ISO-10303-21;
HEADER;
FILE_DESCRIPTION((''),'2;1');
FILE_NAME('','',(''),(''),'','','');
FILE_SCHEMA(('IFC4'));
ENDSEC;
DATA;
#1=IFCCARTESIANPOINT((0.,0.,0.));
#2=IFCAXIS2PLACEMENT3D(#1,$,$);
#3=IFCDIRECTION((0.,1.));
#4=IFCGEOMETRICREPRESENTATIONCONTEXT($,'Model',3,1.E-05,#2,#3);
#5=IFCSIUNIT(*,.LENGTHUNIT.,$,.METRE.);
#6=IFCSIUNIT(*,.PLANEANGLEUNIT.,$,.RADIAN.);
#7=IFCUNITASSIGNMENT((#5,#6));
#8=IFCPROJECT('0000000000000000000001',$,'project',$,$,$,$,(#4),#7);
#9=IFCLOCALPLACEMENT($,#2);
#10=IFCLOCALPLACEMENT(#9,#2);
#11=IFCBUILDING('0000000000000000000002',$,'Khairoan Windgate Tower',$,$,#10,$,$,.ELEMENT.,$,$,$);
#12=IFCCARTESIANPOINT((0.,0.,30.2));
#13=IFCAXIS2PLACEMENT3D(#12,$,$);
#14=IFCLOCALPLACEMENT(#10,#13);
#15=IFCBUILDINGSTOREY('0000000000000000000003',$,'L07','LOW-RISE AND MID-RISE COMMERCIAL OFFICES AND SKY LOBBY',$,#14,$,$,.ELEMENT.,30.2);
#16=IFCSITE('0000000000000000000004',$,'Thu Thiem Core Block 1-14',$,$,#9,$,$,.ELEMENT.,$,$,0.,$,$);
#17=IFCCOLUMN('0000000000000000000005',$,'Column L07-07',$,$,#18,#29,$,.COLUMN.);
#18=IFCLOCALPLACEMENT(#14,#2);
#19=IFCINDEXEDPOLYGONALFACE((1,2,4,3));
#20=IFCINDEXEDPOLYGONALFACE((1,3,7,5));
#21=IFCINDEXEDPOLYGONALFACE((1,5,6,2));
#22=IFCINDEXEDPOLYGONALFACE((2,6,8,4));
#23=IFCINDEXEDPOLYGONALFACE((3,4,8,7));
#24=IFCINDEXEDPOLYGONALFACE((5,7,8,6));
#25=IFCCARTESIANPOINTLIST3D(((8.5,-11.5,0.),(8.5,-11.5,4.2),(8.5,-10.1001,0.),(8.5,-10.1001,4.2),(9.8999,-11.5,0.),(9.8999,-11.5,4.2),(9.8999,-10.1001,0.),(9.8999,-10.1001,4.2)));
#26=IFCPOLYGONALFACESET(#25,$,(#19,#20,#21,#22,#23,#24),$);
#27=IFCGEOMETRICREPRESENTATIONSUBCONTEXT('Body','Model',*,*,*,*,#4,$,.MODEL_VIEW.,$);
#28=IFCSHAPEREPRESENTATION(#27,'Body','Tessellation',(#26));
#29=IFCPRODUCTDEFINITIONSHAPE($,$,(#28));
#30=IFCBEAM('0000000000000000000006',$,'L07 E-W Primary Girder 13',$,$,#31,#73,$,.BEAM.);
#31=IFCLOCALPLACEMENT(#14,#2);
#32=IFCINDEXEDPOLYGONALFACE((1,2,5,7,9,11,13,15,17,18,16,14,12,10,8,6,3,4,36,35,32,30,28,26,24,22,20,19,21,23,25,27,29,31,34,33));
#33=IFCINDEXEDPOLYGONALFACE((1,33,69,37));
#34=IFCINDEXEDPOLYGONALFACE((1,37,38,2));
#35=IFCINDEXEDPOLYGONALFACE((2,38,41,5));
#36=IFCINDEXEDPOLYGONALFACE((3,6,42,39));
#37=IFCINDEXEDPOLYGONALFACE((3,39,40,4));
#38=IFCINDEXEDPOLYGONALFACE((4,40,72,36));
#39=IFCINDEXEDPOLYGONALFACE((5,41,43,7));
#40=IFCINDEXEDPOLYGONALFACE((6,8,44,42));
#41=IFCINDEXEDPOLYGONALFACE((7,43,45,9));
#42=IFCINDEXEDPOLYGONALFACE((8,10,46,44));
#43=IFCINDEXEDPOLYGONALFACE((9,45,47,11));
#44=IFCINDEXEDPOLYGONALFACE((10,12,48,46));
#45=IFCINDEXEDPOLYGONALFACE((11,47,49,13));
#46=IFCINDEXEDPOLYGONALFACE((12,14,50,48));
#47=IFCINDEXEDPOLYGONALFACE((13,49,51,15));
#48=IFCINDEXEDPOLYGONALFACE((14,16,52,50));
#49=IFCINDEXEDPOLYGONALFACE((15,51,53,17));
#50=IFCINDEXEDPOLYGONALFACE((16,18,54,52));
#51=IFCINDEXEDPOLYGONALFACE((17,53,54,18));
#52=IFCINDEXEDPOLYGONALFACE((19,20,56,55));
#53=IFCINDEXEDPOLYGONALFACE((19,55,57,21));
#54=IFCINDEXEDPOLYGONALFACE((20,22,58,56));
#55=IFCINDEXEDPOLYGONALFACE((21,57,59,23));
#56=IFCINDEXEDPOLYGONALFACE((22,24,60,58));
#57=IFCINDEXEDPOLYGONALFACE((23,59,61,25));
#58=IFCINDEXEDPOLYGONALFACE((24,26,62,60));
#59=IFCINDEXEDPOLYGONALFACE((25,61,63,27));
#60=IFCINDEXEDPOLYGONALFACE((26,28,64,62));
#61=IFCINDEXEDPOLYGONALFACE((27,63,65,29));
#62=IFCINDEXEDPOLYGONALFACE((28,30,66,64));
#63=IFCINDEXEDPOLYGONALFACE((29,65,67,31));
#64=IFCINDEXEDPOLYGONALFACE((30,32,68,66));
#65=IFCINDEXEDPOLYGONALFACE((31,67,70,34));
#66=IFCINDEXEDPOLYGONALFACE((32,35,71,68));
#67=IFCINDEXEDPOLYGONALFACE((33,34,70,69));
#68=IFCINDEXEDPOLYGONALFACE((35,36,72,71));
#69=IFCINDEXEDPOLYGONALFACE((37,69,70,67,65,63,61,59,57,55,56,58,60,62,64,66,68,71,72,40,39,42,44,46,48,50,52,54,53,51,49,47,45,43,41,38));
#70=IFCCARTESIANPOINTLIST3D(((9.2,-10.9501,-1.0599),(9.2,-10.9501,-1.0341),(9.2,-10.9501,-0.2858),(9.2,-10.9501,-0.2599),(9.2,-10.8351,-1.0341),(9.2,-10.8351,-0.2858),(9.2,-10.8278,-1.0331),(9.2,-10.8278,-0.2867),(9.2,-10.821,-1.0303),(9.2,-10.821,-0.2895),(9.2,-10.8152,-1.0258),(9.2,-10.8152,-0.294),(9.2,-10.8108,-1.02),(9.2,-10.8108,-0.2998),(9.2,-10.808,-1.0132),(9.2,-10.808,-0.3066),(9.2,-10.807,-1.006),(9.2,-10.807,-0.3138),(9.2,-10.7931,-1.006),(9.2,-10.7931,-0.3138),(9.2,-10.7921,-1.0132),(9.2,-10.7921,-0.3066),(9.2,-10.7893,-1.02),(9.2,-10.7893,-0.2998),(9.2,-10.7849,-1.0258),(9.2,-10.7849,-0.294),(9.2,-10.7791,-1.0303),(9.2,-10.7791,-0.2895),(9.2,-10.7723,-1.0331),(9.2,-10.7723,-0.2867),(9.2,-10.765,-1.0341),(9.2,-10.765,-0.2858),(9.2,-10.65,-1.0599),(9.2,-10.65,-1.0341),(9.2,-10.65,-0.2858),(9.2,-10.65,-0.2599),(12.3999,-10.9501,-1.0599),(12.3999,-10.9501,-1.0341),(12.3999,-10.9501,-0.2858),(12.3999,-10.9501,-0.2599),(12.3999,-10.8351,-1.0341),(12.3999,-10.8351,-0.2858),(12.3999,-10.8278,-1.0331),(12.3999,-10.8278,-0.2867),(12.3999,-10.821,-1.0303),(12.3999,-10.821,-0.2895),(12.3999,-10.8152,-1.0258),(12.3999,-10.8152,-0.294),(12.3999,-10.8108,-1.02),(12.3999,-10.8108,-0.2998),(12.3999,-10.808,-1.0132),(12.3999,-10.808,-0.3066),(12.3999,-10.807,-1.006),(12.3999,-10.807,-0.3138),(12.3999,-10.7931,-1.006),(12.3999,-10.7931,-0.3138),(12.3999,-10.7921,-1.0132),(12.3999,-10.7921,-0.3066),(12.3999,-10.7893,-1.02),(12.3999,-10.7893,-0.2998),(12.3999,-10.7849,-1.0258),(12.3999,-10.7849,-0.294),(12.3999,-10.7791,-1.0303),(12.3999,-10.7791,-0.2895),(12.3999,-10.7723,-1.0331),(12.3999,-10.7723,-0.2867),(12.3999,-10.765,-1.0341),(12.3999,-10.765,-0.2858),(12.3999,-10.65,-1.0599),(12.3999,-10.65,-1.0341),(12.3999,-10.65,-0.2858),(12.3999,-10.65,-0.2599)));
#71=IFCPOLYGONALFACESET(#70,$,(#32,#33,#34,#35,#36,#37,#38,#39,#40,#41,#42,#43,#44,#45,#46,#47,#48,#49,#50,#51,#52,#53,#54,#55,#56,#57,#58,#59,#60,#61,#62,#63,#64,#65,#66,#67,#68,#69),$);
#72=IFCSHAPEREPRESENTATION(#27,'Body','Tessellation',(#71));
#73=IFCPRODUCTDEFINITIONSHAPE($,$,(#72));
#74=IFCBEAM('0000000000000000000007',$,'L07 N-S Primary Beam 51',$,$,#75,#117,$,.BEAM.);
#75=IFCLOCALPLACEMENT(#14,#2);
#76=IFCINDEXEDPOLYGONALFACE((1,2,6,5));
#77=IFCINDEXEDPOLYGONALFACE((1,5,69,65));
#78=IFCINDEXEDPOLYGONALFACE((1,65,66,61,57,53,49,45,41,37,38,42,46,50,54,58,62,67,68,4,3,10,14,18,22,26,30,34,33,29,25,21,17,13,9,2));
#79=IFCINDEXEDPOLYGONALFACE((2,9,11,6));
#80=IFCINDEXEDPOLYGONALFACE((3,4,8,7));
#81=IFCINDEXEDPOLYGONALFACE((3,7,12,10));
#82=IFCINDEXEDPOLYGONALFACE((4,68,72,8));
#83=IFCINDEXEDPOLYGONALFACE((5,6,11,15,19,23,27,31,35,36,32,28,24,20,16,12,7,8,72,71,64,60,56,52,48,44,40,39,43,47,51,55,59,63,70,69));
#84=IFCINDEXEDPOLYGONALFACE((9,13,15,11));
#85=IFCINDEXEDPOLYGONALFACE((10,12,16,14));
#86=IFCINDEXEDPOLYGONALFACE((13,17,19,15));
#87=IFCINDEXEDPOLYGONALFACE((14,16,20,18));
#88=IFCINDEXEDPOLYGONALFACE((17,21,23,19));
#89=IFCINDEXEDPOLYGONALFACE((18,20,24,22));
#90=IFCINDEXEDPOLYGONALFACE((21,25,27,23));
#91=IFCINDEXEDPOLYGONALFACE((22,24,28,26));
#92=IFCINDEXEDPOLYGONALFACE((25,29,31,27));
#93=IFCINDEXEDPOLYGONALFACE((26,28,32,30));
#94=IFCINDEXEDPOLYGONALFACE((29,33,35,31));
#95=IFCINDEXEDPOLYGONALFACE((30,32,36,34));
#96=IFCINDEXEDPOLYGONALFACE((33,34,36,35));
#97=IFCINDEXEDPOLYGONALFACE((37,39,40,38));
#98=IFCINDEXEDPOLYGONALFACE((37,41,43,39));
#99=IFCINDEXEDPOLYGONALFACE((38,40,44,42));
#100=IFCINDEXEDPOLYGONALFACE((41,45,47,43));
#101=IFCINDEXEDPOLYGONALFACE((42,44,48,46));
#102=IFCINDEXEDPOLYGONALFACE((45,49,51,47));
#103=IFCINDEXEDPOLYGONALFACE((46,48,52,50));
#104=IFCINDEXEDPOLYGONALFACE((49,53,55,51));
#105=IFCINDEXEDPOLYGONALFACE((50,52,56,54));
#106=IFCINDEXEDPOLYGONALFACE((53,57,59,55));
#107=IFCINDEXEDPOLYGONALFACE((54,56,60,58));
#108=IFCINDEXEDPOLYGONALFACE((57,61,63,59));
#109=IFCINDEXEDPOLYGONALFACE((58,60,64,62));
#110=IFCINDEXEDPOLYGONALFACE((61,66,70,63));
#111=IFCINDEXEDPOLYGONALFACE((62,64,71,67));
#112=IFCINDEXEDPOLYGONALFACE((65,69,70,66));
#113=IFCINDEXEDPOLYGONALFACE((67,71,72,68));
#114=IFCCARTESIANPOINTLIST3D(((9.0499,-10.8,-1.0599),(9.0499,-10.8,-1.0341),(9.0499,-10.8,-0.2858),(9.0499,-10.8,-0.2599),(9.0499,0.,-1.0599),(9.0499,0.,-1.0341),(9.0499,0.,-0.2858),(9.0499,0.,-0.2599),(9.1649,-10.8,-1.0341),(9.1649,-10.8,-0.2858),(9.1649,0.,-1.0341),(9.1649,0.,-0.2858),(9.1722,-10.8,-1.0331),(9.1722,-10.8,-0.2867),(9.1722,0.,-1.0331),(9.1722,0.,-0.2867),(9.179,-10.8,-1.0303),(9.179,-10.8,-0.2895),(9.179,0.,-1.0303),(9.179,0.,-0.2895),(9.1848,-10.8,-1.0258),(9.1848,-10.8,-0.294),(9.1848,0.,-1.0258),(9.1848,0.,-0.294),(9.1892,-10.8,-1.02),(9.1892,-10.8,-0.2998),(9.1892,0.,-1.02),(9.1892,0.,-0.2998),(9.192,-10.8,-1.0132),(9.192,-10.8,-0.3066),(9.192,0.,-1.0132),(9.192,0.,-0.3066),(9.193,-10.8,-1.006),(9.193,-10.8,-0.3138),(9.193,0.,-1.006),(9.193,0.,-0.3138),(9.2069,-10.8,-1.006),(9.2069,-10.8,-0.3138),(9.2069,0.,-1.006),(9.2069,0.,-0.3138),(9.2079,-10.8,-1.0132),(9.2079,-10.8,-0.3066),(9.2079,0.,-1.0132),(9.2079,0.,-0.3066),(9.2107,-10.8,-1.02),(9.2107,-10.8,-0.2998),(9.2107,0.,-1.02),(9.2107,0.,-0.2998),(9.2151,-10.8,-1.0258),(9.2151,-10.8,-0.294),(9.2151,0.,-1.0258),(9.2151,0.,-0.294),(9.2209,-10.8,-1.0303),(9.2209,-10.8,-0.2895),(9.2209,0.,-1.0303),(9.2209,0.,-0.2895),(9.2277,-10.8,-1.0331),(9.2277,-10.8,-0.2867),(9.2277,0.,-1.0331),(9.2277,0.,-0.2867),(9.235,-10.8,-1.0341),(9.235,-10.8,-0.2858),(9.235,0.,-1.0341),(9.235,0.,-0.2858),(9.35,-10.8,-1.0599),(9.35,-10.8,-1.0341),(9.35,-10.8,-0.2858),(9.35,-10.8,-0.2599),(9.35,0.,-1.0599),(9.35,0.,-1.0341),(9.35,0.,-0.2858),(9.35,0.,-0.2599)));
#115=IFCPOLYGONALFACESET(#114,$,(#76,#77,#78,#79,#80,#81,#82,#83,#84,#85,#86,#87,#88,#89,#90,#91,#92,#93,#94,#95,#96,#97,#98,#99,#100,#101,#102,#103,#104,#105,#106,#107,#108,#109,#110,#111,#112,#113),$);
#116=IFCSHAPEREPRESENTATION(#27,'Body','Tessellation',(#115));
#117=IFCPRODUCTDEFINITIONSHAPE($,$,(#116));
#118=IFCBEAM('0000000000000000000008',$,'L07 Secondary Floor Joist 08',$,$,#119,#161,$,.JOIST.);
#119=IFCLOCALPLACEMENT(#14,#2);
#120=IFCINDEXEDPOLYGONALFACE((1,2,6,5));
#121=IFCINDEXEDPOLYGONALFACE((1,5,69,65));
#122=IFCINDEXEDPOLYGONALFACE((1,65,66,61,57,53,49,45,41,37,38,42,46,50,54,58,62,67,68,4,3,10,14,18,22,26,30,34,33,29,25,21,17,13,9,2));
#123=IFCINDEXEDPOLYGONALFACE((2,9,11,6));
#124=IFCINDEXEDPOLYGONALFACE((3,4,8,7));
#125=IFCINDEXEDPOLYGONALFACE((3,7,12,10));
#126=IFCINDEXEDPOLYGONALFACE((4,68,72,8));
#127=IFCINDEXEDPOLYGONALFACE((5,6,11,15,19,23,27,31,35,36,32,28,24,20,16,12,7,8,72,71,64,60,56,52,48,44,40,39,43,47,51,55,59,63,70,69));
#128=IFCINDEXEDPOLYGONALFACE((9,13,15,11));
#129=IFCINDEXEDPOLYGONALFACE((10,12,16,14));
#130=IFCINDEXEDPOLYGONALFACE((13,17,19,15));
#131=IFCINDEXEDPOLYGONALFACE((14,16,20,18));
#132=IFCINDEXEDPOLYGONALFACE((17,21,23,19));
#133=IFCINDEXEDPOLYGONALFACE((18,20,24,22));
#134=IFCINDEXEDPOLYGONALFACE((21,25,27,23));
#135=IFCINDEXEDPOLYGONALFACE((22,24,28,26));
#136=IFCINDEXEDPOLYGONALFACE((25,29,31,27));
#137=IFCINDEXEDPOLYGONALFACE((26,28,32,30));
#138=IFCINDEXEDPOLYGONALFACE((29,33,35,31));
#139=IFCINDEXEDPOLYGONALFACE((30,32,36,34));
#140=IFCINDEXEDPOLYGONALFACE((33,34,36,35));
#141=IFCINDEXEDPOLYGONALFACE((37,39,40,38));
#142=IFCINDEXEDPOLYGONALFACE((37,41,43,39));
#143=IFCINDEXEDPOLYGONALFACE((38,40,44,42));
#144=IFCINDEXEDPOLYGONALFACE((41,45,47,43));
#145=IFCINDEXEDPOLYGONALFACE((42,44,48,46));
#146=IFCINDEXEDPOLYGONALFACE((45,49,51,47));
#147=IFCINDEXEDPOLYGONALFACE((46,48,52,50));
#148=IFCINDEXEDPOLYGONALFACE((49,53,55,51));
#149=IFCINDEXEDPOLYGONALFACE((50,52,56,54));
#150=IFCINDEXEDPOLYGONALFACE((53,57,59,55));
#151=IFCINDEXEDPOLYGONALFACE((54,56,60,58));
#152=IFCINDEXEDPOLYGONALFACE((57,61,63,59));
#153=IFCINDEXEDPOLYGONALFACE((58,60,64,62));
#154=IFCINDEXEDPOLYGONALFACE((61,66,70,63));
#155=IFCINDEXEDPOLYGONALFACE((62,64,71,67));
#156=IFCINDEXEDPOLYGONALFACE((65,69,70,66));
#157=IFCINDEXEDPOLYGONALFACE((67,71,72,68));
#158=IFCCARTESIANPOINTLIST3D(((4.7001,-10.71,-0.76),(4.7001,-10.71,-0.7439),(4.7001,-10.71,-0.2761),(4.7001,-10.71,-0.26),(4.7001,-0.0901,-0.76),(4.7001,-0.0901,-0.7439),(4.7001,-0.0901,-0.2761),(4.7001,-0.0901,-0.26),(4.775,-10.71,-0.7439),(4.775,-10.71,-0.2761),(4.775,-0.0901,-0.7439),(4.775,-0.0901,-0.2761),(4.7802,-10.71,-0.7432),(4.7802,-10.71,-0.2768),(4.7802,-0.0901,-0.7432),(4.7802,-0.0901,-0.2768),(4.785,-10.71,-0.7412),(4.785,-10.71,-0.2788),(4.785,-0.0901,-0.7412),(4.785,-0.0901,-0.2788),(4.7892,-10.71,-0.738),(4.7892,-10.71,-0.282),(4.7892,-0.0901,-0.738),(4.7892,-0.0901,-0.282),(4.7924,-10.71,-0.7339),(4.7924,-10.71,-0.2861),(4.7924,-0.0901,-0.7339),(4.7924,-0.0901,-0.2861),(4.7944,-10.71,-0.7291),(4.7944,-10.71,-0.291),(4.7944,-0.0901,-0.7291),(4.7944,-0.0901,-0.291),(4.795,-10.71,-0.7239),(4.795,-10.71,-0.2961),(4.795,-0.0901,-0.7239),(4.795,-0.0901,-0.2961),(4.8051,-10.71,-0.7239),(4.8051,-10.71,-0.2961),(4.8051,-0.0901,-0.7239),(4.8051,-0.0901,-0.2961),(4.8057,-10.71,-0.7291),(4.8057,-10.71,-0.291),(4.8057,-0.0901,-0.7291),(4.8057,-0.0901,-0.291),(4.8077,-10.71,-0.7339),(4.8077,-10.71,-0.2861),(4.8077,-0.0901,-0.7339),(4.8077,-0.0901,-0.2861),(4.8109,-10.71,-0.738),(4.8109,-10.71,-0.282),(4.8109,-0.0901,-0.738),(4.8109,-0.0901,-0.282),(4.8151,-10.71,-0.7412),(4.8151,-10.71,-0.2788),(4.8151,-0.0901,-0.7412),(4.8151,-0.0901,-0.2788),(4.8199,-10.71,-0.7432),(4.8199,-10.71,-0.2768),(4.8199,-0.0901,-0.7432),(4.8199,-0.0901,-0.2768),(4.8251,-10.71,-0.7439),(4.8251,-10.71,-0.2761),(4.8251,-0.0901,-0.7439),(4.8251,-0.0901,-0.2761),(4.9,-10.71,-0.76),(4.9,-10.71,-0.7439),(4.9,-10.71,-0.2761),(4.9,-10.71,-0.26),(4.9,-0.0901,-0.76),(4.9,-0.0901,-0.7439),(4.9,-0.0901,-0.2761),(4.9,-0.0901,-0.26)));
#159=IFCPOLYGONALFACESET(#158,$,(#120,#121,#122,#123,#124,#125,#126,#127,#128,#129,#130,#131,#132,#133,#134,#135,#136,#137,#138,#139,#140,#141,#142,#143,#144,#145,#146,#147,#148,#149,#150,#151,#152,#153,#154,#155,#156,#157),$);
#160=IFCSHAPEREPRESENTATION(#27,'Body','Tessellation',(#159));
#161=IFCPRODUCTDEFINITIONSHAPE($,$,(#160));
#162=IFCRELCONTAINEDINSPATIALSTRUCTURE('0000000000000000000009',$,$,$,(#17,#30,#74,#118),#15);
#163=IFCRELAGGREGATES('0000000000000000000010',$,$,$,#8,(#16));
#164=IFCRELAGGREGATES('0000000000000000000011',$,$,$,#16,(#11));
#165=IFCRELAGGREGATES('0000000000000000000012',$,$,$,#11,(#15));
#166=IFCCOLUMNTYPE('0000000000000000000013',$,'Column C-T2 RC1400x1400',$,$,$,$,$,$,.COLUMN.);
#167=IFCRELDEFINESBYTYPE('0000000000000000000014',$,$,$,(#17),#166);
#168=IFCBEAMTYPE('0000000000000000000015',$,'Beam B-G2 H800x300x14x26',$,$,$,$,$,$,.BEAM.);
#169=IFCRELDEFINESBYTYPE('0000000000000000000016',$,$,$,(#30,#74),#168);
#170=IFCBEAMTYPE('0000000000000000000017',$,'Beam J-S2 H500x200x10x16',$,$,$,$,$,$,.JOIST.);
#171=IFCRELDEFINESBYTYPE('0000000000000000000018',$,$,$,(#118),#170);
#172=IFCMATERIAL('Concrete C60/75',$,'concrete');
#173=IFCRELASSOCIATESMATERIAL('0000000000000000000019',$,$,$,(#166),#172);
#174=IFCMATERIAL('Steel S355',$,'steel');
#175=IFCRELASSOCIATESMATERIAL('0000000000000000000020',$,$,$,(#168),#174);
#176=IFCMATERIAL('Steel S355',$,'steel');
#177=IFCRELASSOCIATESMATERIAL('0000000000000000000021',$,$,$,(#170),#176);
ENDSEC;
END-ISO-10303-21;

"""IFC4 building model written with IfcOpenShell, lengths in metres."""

from ifc_helpers import new_model, si_unit, direction, frame, origin, origin_2d, place, context, subcontext, project, spatial, rectangle, i_section, extrude, material, material_profile, profile_set, type_object, element, save


model = new_model("IFC4")

# Units and contexts
model_context = context("Model", 3, precision=1e-05, world=origin(), true_north=direction((0.0, 1.0)))
body_context = subcontext(model_context, "Body", "Model", "MODEL_VIEW")
ifc_project = project(units=[si_unit("LENGTHUNIT", "METRE"), si_unit("PLANEANGLEUNIT", "RADIAN")], contexts=[model_context])

# Site, building, storey
site_placement = place(None, origin())
site = spatial("IfcSite", under=ifc_project, at=site_placement, Name="Thu Thiem Core Block 1-14", CompositionType="ELEMENT", RefElevation=0.0)
building_placement = place(site_placement, origin())
building = spatial("IfcBuilding", under=site, at=building_placement, Name="Khairoan Windgate Tower", CompositionType="ELEMENT")
storey_placement = place(building_placement, frame((0.0, 0.0, 30.2)))
storey = spatial("IfcBuildingStorey", under=building, at=storey_placement, Name="L07", Description="LOW-RISE AND MID-RISE COMMERCIAL OFFICES AND SKY LOBBY", CompositionType="ELEMENT", Elevation=30.2)

# Column
ifc_material_1 = material(Name="Concrete C60/75", Category="concrete")
ifc_material_profile_1 = material_profile(ifc_material_1, rectangle(XDim=1.3999, YDim=1.3999, at=origin_2d()))
ifc_profile_set_1 = profile_set([ifc_material_profile_1], Name="Concrete C60/75")
column_type = type_object("IfcColumnType", Name="Column C-T2 RC1400x1400", PredefinedType="COLUMN", material=ifc_profile_set_1)
column_placement = place(storey_placement, frame((9.2, -10.8, 0.0), z_axis=(0.0, 0.0, 1.0), x_axis=(1.0, 0.0, 0.0)))
element("IfcColumn", 1, at=column_placement, inside=storey, type_object=column_type, Name="Column L07-07", PredefinedType="COLUMN", context=body_context, shape_type="SweptSolid", body=[
    extrude(rectangle(XDim=1.3999, YDim=1.3999, at=origin_2d()), origin(), (0.0, 0.0, 1.0), 4.2),
])

# Beams
ifc_material_2 = material(Name="Steel S355", Category="steel")
ifc_material_profile_2 = material_profile(ifc_material_2, i_section(OverallWidth=0.3, OverallDepth=0.8, WebThickness=0.0139, FlangeThickness=0.0259, FilletRadius=0.0281, at=origin_2d()))
ifc_profile_set_2 = profile_set([ifc_material_profile_2], Name="Steel S355")
beam_type_1 = type_object("IfcBeamType", Name="Beam B-G2 H800x300x14x26", PredefinedType="BEAM", material=ifc_profile_set_2)
beam_1_placement = place(storey_placement, frame((9.2, -10.8, -0.6599), z_axis=(1.0, 0.0, 0.0), x_axis=(0.0, 1.0, 0.0)))
element("IfcBeam", 2, at=beam_1_placement, inside=storey, type_object=beam_type_1, Name="L07 E-W Primary Girder 13", PredefinedType="BEAM", context=body_context, shape_type="SweptSolid", body=[
    extrude(i_section(OverallWidth=0.3, OverallDepth=0.8, WebThickness=0.0139, FlangeThickness=0.0259, FilletRadius=0.0281, at=origin_2d()), origin(), (0.0, 0.0, 1.0), 3.2),
])
beam_2_placement = place(storey_placement, frame((9.2, -10.8, -0.6599), z_axis=(0.0, 1.0, 0.0), x_axis=(-1.0, 0.0, 0.0)))
element("IfcBeam", 3, at=beam_2_placement, inside=storey, type_object=beam_type_1, Name="L07 N-S Primary Beam 51", PredefinedType="BEAM", context=body_context, shape_type="SweptSolid", body=[
    extrude(i_section(OverallWidth=0.3, OverallDepth=0.8, WebThickness=0.0139, FlangeThickness=0.0259, FilletRadius=0.0281, at=origin_2d()), origin(), (0.0, 0.0, 1.0), 10.8),
])
ifc_material_3 = material(Name="Steel S355", Category="steel")
ifc_material_profile_3 = material_profile(ifc_material_3, i_section(OverallWidth=0.2, OverallDepth=0.5, WebThickness=0.01, FlangeThickness=0.0161, FilletRadius=0.02, at=origin_2d()))
ifc_profile_set_3 = profile_set([ifc_material_profile_3], Name="Steel S355")
beam_type_2 = type_object("IfcBeamType", Name="Beam J-S2 H500x200x10x16", PredefinedType="JOIST", material=ifc_profile_set_3)
beam_3_placement = place(storey_placement, frame((4.8, -10.71, -0.51), z_axis=(0.0, 1.0, 0.0), x_axis=(-1.0, 0.0, 0.0)))
element("IfcBeam", 4, at=beam_3_placement, inside=storey, type_object=beam_type_2, Name="L07 Secondary Floor Joist 08", PredefinedType="JOIST", context=body_context, shape_type="SweptSolid", body=[
    extrude(i_section(OverallWidth=0.2, OverallDepth=0.5, WebThickness=0.01, FlangeThickness=0.0161, FilletRadius=0.02, at=origin_2d()), origin(), (0.0, 0.0, 1.0), 10.6199),
])

save(model, "model.ifc")
